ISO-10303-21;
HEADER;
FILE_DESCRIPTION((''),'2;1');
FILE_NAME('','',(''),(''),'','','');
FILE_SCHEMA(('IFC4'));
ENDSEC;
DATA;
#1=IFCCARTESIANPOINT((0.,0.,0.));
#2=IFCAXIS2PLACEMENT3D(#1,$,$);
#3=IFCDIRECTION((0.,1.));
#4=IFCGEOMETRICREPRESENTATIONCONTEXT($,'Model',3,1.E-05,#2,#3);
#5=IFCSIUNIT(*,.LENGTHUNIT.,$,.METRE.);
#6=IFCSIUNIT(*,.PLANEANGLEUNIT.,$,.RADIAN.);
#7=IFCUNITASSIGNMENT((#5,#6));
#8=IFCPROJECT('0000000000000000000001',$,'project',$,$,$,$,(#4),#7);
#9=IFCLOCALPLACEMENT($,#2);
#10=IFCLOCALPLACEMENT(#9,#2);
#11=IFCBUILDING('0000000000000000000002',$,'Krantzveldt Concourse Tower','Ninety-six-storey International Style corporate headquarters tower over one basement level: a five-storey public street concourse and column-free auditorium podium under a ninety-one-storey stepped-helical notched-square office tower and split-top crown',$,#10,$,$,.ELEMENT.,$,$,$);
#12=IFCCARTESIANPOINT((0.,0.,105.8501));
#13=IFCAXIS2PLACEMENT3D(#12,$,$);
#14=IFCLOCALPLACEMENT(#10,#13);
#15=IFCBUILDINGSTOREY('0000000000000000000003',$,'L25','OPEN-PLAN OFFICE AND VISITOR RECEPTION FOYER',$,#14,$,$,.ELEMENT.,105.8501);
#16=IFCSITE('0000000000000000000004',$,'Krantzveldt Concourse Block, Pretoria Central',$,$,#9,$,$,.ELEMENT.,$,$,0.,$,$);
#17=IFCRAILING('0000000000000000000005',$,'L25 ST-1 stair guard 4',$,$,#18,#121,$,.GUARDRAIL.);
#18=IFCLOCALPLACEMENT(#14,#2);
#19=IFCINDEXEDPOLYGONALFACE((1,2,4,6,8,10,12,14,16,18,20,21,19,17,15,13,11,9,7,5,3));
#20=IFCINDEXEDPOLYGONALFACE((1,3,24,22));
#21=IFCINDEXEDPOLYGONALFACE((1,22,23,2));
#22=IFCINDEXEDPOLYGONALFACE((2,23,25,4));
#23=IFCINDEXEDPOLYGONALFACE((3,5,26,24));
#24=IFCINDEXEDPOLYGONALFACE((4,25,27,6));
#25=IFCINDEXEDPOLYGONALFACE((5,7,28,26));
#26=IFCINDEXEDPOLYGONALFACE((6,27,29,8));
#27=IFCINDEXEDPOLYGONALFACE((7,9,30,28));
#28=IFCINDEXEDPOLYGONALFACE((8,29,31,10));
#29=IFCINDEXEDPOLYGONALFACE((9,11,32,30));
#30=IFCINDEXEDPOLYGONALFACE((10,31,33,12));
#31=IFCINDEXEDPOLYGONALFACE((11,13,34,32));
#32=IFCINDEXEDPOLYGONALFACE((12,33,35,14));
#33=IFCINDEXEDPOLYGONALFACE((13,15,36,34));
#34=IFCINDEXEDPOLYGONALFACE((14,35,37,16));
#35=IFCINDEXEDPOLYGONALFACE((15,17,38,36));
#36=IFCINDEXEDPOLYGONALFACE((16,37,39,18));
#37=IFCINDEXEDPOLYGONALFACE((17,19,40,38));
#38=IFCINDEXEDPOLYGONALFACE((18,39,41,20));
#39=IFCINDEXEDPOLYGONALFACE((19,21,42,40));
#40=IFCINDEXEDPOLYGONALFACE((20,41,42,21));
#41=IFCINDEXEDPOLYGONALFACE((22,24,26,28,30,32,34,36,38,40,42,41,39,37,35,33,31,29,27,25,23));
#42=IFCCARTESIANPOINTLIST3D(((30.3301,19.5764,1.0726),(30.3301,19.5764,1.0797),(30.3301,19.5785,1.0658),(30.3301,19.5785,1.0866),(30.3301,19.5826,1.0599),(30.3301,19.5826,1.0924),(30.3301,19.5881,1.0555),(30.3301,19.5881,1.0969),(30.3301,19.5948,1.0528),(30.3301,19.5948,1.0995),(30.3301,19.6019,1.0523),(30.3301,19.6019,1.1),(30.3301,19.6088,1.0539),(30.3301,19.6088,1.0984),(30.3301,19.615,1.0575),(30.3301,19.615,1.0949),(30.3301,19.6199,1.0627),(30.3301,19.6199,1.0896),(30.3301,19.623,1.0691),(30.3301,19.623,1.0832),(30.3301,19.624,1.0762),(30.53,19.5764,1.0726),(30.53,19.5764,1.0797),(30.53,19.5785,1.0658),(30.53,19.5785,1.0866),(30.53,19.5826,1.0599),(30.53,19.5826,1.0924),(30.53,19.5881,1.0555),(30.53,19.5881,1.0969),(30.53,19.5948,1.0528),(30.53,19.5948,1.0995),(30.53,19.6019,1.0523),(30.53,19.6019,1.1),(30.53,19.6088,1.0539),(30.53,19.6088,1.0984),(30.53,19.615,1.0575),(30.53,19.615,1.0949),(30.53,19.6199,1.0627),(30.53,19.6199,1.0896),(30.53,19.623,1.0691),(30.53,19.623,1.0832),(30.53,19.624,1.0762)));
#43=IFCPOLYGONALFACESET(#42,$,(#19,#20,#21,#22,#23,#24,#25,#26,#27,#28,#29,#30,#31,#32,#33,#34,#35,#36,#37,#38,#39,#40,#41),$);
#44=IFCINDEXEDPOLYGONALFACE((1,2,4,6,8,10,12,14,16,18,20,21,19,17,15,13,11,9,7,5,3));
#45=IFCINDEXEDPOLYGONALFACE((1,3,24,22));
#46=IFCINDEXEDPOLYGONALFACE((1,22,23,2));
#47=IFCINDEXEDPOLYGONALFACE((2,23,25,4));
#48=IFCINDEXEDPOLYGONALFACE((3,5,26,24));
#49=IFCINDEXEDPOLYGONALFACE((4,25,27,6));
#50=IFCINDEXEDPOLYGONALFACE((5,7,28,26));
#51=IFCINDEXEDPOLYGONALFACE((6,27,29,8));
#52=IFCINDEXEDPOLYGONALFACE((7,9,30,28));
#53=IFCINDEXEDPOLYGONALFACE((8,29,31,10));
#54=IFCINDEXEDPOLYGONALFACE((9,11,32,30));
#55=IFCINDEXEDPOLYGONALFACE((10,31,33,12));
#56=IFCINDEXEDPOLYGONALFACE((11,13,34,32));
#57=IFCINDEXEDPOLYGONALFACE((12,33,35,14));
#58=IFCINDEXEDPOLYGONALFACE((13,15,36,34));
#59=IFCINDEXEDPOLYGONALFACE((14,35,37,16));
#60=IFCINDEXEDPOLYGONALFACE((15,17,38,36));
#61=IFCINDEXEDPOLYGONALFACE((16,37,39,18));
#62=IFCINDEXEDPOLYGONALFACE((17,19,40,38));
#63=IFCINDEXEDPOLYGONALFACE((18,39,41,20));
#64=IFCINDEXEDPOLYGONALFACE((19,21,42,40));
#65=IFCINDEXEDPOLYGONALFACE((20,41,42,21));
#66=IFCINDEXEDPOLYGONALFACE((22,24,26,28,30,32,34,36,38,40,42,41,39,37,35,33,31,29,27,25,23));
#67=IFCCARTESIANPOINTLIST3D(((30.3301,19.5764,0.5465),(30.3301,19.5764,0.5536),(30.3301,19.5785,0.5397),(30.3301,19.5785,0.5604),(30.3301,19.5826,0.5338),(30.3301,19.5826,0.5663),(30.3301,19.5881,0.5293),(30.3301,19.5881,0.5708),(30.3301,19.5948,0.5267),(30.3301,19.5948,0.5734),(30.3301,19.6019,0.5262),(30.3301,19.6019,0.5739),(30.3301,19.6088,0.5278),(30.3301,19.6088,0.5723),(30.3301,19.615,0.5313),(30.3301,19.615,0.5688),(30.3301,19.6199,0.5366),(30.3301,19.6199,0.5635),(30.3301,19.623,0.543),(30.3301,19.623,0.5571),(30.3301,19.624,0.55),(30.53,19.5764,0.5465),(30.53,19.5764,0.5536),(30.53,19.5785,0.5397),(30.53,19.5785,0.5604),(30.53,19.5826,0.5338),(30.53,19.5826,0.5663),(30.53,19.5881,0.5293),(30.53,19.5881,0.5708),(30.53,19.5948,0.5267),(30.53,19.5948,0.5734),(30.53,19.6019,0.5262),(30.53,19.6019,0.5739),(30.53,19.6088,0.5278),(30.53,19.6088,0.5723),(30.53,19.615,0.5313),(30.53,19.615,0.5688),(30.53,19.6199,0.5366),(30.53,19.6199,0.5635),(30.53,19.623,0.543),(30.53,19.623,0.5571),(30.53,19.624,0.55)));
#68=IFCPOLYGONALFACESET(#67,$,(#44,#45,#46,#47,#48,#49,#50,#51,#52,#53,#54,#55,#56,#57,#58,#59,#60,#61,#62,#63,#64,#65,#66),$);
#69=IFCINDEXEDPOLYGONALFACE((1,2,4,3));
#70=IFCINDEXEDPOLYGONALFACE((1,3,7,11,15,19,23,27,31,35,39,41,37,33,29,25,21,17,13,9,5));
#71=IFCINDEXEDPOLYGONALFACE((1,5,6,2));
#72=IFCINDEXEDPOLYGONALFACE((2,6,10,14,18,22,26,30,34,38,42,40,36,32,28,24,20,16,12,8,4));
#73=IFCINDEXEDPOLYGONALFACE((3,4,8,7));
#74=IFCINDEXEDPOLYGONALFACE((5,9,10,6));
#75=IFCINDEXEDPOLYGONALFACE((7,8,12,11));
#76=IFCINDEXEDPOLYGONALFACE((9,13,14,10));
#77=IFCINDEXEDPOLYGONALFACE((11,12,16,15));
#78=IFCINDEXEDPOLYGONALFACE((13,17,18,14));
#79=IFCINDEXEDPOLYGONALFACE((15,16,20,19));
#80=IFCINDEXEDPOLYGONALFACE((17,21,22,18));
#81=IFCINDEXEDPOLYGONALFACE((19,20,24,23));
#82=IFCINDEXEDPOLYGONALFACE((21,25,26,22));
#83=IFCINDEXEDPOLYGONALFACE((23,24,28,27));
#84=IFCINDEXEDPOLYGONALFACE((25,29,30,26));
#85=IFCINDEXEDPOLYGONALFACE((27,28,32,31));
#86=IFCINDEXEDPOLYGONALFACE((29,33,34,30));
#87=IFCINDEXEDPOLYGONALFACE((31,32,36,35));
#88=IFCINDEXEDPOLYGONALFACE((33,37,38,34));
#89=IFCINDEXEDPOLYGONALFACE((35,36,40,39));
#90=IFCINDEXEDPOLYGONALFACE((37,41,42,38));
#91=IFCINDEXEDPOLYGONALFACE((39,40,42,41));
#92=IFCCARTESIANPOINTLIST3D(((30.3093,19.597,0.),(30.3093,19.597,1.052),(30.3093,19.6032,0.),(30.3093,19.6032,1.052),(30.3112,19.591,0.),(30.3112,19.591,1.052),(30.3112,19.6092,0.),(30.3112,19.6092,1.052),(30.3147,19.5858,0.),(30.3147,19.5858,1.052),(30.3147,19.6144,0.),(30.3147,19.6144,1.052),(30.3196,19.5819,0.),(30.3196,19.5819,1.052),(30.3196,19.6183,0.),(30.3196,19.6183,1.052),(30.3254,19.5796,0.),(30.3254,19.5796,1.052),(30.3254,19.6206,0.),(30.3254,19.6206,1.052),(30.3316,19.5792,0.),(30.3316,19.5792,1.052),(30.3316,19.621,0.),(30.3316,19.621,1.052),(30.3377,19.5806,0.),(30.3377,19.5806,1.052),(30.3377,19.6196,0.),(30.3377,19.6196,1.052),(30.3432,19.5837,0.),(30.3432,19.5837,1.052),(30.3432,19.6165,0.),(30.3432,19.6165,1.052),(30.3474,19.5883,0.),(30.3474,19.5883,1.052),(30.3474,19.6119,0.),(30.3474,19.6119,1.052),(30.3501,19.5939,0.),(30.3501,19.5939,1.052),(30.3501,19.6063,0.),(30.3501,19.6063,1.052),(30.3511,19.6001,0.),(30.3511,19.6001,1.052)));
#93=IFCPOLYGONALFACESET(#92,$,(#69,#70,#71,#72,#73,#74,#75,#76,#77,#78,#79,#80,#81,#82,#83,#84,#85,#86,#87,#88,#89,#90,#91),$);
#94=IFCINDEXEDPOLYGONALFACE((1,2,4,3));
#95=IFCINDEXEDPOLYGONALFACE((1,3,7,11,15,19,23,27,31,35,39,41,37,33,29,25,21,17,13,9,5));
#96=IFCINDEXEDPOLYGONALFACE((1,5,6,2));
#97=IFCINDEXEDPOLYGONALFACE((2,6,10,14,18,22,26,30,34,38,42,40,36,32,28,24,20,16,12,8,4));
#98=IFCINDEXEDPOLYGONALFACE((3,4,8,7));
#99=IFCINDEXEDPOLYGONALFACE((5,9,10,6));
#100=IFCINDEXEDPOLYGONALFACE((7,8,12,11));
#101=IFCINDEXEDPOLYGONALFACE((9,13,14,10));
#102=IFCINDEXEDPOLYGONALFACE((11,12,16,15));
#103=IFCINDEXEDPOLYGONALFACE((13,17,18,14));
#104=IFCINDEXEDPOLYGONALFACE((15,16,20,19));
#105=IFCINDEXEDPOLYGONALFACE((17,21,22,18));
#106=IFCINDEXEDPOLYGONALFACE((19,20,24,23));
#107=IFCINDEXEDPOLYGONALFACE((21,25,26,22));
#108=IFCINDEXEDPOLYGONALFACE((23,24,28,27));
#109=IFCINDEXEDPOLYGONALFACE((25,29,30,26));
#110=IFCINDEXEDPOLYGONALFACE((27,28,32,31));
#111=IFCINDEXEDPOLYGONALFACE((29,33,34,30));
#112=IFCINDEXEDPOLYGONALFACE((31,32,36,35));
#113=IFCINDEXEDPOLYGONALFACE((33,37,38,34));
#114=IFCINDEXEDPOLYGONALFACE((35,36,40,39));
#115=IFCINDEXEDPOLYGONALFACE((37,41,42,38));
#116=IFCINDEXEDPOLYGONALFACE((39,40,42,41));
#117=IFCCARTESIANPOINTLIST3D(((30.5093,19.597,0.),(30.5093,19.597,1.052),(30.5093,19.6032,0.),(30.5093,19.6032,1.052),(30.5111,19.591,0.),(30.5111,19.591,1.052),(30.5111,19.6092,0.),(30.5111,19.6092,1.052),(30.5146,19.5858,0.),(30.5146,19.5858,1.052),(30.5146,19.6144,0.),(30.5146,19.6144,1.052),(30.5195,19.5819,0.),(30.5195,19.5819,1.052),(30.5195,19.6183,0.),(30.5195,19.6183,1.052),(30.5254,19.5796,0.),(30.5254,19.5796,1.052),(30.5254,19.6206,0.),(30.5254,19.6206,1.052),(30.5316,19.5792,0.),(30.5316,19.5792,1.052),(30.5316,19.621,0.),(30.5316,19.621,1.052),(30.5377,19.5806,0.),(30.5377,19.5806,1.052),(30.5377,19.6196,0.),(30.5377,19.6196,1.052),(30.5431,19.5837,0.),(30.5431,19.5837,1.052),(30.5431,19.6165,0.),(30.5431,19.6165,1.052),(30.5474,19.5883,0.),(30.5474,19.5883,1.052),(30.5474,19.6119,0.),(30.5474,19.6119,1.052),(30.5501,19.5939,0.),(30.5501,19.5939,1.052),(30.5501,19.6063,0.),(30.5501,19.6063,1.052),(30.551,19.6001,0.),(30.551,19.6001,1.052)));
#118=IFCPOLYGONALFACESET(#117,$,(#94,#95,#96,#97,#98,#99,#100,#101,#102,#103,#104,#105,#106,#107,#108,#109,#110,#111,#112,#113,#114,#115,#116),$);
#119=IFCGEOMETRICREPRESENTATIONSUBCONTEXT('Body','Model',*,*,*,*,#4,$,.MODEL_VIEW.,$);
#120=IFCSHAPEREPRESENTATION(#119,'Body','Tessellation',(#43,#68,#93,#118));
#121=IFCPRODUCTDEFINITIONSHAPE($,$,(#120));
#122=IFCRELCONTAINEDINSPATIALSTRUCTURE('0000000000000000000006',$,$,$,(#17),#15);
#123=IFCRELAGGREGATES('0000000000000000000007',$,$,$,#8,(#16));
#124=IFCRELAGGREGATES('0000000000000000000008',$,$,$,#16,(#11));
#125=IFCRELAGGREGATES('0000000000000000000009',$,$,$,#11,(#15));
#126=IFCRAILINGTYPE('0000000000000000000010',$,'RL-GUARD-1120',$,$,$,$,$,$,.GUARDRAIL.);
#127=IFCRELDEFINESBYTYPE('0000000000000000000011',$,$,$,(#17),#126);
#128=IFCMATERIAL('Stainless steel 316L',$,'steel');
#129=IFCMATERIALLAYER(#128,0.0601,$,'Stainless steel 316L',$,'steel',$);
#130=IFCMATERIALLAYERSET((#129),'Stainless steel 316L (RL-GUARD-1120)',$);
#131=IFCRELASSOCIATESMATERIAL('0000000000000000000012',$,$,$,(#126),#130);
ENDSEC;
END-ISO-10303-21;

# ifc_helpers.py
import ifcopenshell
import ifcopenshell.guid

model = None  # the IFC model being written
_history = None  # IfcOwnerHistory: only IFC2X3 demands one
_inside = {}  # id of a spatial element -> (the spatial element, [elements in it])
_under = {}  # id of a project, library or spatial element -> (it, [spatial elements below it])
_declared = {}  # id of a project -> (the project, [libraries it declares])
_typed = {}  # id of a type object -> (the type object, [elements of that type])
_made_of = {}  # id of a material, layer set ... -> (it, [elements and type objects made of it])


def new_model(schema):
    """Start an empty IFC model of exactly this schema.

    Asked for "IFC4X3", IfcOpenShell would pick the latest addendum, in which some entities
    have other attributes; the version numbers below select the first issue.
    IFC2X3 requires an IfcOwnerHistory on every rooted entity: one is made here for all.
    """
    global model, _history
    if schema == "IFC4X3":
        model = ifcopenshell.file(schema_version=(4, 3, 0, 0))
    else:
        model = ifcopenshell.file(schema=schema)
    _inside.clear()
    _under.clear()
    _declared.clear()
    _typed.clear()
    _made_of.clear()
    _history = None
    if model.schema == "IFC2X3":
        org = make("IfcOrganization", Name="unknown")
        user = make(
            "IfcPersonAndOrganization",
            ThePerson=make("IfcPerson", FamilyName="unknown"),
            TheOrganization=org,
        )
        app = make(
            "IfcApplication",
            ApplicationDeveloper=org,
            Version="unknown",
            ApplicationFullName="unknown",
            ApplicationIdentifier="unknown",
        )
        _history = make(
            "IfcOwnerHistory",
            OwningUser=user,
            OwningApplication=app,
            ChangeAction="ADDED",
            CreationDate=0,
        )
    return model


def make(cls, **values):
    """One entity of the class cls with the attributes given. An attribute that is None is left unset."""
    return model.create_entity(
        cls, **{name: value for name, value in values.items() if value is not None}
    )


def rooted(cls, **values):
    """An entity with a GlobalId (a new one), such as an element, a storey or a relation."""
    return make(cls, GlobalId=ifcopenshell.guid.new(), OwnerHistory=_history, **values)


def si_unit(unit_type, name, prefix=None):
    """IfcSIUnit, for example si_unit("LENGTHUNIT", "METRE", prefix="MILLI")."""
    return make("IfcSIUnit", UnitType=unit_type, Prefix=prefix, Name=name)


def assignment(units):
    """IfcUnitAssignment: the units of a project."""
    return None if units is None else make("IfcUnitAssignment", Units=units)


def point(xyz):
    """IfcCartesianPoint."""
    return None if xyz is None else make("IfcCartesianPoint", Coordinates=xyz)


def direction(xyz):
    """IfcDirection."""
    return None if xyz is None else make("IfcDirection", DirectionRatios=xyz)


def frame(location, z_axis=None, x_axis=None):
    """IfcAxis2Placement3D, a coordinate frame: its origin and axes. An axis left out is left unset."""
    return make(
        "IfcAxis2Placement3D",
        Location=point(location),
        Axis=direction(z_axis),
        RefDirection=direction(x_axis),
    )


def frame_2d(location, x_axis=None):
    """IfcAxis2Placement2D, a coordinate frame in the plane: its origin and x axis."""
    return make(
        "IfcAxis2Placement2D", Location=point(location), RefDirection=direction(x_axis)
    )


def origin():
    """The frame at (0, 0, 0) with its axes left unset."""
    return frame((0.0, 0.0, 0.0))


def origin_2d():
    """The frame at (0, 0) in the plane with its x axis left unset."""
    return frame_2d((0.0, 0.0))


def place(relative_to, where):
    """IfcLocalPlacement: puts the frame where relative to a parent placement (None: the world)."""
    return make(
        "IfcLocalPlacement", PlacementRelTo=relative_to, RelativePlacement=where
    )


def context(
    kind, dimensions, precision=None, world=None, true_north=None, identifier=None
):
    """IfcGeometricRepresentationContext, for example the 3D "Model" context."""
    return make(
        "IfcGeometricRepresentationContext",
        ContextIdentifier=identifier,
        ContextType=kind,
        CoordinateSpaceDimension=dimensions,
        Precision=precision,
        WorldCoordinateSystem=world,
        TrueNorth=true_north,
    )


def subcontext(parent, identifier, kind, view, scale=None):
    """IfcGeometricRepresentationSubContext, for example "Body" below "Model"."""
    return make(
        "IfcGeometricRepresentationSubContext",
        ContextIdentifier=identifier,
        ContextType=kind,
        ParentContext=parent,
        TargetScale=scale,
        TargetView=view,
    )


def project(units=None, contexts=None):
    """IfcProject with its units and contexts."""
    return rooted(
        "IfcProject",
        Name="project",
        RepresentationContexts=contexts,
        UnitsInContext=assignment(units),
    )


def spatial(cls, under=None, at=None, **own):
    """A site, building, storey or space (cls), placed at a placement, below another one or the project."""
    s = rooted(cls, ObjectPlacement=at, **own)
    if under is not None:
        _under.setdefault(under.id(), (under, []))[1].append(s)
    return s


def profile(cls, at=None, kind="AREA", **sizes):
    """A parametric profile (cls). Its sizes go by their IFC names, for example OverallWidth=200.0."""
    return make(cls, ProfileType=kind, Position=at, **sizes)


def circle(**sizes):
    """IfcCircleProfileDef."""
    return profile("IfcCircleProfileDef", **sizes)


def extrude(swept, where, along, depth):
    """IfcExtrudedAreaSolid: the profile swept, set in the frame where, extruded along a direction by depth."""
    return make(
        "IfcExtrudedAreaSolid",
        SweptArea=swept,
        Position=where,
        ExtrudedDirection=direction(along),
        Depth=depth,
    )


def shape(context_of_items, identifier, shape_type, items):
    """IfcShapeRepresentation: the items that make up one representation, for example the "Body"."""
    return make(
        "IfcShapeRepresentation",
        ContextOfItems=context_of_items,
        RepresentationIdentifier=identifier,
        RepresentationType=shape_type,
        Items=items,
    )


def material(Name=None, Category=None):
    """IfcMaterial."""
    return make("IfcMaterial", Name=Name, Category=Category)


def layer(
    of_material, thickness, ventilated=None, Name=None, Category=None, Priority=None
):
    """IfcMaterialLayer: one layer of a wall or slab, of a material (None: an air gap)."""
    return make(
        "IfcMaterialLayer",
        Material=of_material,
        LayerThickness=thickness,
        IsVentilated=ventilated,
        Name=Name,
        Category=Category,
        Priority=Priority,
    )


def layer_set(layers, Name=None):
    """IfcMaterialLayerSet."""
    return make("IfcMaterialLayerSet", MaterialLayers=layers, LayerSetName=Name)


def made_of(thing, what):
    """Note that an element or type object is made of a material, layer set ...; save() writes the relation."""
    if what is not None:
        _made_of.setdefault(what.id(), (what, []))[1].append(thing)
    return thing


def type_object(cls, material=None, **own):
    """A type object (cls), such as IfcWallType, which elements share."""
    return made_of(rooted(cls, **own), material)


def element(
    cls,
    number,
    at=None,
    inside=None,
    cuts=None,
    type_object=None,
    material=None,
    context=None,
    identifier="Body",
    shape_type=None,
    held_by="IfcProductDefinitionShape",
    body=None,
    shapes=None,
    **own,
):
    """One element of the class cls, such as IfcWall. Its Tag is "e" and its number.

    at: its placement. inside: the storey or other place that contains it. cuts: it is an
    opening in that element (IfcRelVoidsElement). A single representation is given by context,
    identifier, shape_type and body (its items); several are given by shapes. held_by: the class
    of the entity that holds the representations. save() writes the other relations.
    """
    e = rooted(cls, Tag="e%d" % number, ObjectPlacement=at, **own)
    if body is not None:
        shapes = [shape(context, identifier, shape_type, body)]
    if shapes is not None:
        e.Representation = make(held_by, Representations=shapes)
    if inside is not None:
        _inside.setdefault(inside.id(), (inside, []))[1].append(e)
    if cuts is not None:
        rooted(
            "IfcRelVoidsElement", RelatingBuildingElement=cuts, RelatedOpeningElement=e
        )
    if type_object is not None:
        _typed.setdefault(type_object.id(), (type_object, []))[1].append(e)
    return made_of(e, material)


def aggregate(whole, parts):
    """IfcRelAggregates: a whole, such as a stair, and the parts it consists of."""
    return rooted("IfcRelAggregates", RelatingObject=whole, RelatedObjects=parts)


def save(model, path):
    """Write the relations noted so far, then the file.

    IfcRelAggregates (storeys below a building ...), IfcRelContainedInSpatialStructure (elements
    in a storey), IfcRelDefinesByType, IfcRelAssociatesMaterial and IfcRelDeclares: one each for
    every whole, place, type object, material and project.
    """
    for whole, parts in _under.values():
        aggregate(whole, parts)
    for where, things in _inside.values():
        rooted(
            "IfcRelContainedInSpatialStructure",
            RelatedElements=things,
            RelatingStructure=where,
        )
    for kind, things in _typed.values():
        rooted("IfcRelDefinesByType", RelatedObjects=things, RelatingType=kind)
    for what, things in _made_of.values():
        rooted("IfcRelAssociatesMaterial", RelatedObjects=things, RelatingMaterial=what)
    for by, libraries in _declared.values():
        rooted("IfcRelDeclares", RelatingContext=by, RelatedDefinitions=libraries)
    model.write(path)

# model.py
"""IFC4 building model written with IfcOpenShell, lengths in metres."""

from ifc_helpers import new_model, si_unit, direction, frame, origin, origin_2d, place, context, subcontext, project, spatial, circle, extrude, material, layer, layer_set, type_object, element, save


model = new_model("IFC4")

# Units and contexts
model_context = context("Model", 3, precision=1e-05, world=origin(), true_north=direction((0.0, 1.0)))
body_context = subcontext(model_context, "Body", "Model", "MODEL_VIEW")
ifc_project = project(units=[si_unit("LENGTHUNIT", "METRE"), si_unit("PLANEANGLEUNIT", "RADIAN")], contexts=[model_context])

# Site, building, storey
site_placement = place(None, origin())
site = spatial("IfcSite", under=ifc_project, at=site_placement, Name="Krantzveldt Concourse Block, Pretoria Central", CompositionType="ELEMENT", RefElevation=0.0)
building_placement = place(site_placement, origin())
building = spatial("IfcBuilding", under=site, at=building_placement, Name="Krantzveldt Concourse Tower", Description="Ninety-six-storey International Style corporate headquarters tower over one basement level: a five-storey public street concourse and column-free auditorium podium under a ninety-one-storey stepped-helical notched-square office tower and split-top crown", CompositionType="ELEMENT")
storey_placement = place(building_placement, frame((0.0, 0.0, 105.8501)))
storey = spatial("IfcBuildingStorey", under=building, at=storey_placement, Name="L25", Description="OPEN-PLAN OFFICE AND VISITOR RECEPTION FOYER", CompositionType="ELEMENT", Elevation=105.8501)

# Railing
ifc_material_1 = material(Name="Stainless steel 316L", Category="steel")
ifc_layer_1 = layer(ifc_material_1, 0.0601, Name="Stainless steel 316L", Category="steel")
ifc_layer_set_1 = layer_set([ifc_layer_1], Name="Stainless steel 316L (RL-GUARD-1120)")
railing_type_1 = type_object("IfcRailingType", Name="RL-GUARD-1120", PredefinedType="GUARDRAIL", material=ifc_layer_set_1)
railing_1_placement = place(storey_placement, frame((30.3301, 19.6001, 0.0)))
element("IfcRailing", 1, at=railing_1_placement, inside=storey, type_object=railing_type_1, Name="L25 ST-1 stair guard 4", PredefinedType="GUARDRAIL", context=body_context, shape_type="SweptSolid", body=[
    extrude(circle(Radius=0.0239, at=origin_2d()), frame((0.0, 0.0, 1.0762), z_axis=(1.0, 0.0, 0.0), x_axis=(0.0, 1.0, 0.0)), (0.0, 0.0, 1.0), 0.2),
    extrude(circle(Radius=0.0239, at=origin_2d()), frame((0.0, 0.0, 0.55), z_axis=(1.0, 0.0, 0.0), x_axis=(0.0, 1.0, 0.0)), (0.0, 0.0, 1.0), 0.2),
    extrude(circle(Radius=0.021, at=origin_2d()), origin(), (0.0, 0.0, 1.0), 1.052),
    extrude(circle(Radius=0.021, at=origin_2d()), frame((0.2, 0.0, 0.0)), (0.0, 0.0, 1.0), 1.052),
])

save(model, "model.ifc")
